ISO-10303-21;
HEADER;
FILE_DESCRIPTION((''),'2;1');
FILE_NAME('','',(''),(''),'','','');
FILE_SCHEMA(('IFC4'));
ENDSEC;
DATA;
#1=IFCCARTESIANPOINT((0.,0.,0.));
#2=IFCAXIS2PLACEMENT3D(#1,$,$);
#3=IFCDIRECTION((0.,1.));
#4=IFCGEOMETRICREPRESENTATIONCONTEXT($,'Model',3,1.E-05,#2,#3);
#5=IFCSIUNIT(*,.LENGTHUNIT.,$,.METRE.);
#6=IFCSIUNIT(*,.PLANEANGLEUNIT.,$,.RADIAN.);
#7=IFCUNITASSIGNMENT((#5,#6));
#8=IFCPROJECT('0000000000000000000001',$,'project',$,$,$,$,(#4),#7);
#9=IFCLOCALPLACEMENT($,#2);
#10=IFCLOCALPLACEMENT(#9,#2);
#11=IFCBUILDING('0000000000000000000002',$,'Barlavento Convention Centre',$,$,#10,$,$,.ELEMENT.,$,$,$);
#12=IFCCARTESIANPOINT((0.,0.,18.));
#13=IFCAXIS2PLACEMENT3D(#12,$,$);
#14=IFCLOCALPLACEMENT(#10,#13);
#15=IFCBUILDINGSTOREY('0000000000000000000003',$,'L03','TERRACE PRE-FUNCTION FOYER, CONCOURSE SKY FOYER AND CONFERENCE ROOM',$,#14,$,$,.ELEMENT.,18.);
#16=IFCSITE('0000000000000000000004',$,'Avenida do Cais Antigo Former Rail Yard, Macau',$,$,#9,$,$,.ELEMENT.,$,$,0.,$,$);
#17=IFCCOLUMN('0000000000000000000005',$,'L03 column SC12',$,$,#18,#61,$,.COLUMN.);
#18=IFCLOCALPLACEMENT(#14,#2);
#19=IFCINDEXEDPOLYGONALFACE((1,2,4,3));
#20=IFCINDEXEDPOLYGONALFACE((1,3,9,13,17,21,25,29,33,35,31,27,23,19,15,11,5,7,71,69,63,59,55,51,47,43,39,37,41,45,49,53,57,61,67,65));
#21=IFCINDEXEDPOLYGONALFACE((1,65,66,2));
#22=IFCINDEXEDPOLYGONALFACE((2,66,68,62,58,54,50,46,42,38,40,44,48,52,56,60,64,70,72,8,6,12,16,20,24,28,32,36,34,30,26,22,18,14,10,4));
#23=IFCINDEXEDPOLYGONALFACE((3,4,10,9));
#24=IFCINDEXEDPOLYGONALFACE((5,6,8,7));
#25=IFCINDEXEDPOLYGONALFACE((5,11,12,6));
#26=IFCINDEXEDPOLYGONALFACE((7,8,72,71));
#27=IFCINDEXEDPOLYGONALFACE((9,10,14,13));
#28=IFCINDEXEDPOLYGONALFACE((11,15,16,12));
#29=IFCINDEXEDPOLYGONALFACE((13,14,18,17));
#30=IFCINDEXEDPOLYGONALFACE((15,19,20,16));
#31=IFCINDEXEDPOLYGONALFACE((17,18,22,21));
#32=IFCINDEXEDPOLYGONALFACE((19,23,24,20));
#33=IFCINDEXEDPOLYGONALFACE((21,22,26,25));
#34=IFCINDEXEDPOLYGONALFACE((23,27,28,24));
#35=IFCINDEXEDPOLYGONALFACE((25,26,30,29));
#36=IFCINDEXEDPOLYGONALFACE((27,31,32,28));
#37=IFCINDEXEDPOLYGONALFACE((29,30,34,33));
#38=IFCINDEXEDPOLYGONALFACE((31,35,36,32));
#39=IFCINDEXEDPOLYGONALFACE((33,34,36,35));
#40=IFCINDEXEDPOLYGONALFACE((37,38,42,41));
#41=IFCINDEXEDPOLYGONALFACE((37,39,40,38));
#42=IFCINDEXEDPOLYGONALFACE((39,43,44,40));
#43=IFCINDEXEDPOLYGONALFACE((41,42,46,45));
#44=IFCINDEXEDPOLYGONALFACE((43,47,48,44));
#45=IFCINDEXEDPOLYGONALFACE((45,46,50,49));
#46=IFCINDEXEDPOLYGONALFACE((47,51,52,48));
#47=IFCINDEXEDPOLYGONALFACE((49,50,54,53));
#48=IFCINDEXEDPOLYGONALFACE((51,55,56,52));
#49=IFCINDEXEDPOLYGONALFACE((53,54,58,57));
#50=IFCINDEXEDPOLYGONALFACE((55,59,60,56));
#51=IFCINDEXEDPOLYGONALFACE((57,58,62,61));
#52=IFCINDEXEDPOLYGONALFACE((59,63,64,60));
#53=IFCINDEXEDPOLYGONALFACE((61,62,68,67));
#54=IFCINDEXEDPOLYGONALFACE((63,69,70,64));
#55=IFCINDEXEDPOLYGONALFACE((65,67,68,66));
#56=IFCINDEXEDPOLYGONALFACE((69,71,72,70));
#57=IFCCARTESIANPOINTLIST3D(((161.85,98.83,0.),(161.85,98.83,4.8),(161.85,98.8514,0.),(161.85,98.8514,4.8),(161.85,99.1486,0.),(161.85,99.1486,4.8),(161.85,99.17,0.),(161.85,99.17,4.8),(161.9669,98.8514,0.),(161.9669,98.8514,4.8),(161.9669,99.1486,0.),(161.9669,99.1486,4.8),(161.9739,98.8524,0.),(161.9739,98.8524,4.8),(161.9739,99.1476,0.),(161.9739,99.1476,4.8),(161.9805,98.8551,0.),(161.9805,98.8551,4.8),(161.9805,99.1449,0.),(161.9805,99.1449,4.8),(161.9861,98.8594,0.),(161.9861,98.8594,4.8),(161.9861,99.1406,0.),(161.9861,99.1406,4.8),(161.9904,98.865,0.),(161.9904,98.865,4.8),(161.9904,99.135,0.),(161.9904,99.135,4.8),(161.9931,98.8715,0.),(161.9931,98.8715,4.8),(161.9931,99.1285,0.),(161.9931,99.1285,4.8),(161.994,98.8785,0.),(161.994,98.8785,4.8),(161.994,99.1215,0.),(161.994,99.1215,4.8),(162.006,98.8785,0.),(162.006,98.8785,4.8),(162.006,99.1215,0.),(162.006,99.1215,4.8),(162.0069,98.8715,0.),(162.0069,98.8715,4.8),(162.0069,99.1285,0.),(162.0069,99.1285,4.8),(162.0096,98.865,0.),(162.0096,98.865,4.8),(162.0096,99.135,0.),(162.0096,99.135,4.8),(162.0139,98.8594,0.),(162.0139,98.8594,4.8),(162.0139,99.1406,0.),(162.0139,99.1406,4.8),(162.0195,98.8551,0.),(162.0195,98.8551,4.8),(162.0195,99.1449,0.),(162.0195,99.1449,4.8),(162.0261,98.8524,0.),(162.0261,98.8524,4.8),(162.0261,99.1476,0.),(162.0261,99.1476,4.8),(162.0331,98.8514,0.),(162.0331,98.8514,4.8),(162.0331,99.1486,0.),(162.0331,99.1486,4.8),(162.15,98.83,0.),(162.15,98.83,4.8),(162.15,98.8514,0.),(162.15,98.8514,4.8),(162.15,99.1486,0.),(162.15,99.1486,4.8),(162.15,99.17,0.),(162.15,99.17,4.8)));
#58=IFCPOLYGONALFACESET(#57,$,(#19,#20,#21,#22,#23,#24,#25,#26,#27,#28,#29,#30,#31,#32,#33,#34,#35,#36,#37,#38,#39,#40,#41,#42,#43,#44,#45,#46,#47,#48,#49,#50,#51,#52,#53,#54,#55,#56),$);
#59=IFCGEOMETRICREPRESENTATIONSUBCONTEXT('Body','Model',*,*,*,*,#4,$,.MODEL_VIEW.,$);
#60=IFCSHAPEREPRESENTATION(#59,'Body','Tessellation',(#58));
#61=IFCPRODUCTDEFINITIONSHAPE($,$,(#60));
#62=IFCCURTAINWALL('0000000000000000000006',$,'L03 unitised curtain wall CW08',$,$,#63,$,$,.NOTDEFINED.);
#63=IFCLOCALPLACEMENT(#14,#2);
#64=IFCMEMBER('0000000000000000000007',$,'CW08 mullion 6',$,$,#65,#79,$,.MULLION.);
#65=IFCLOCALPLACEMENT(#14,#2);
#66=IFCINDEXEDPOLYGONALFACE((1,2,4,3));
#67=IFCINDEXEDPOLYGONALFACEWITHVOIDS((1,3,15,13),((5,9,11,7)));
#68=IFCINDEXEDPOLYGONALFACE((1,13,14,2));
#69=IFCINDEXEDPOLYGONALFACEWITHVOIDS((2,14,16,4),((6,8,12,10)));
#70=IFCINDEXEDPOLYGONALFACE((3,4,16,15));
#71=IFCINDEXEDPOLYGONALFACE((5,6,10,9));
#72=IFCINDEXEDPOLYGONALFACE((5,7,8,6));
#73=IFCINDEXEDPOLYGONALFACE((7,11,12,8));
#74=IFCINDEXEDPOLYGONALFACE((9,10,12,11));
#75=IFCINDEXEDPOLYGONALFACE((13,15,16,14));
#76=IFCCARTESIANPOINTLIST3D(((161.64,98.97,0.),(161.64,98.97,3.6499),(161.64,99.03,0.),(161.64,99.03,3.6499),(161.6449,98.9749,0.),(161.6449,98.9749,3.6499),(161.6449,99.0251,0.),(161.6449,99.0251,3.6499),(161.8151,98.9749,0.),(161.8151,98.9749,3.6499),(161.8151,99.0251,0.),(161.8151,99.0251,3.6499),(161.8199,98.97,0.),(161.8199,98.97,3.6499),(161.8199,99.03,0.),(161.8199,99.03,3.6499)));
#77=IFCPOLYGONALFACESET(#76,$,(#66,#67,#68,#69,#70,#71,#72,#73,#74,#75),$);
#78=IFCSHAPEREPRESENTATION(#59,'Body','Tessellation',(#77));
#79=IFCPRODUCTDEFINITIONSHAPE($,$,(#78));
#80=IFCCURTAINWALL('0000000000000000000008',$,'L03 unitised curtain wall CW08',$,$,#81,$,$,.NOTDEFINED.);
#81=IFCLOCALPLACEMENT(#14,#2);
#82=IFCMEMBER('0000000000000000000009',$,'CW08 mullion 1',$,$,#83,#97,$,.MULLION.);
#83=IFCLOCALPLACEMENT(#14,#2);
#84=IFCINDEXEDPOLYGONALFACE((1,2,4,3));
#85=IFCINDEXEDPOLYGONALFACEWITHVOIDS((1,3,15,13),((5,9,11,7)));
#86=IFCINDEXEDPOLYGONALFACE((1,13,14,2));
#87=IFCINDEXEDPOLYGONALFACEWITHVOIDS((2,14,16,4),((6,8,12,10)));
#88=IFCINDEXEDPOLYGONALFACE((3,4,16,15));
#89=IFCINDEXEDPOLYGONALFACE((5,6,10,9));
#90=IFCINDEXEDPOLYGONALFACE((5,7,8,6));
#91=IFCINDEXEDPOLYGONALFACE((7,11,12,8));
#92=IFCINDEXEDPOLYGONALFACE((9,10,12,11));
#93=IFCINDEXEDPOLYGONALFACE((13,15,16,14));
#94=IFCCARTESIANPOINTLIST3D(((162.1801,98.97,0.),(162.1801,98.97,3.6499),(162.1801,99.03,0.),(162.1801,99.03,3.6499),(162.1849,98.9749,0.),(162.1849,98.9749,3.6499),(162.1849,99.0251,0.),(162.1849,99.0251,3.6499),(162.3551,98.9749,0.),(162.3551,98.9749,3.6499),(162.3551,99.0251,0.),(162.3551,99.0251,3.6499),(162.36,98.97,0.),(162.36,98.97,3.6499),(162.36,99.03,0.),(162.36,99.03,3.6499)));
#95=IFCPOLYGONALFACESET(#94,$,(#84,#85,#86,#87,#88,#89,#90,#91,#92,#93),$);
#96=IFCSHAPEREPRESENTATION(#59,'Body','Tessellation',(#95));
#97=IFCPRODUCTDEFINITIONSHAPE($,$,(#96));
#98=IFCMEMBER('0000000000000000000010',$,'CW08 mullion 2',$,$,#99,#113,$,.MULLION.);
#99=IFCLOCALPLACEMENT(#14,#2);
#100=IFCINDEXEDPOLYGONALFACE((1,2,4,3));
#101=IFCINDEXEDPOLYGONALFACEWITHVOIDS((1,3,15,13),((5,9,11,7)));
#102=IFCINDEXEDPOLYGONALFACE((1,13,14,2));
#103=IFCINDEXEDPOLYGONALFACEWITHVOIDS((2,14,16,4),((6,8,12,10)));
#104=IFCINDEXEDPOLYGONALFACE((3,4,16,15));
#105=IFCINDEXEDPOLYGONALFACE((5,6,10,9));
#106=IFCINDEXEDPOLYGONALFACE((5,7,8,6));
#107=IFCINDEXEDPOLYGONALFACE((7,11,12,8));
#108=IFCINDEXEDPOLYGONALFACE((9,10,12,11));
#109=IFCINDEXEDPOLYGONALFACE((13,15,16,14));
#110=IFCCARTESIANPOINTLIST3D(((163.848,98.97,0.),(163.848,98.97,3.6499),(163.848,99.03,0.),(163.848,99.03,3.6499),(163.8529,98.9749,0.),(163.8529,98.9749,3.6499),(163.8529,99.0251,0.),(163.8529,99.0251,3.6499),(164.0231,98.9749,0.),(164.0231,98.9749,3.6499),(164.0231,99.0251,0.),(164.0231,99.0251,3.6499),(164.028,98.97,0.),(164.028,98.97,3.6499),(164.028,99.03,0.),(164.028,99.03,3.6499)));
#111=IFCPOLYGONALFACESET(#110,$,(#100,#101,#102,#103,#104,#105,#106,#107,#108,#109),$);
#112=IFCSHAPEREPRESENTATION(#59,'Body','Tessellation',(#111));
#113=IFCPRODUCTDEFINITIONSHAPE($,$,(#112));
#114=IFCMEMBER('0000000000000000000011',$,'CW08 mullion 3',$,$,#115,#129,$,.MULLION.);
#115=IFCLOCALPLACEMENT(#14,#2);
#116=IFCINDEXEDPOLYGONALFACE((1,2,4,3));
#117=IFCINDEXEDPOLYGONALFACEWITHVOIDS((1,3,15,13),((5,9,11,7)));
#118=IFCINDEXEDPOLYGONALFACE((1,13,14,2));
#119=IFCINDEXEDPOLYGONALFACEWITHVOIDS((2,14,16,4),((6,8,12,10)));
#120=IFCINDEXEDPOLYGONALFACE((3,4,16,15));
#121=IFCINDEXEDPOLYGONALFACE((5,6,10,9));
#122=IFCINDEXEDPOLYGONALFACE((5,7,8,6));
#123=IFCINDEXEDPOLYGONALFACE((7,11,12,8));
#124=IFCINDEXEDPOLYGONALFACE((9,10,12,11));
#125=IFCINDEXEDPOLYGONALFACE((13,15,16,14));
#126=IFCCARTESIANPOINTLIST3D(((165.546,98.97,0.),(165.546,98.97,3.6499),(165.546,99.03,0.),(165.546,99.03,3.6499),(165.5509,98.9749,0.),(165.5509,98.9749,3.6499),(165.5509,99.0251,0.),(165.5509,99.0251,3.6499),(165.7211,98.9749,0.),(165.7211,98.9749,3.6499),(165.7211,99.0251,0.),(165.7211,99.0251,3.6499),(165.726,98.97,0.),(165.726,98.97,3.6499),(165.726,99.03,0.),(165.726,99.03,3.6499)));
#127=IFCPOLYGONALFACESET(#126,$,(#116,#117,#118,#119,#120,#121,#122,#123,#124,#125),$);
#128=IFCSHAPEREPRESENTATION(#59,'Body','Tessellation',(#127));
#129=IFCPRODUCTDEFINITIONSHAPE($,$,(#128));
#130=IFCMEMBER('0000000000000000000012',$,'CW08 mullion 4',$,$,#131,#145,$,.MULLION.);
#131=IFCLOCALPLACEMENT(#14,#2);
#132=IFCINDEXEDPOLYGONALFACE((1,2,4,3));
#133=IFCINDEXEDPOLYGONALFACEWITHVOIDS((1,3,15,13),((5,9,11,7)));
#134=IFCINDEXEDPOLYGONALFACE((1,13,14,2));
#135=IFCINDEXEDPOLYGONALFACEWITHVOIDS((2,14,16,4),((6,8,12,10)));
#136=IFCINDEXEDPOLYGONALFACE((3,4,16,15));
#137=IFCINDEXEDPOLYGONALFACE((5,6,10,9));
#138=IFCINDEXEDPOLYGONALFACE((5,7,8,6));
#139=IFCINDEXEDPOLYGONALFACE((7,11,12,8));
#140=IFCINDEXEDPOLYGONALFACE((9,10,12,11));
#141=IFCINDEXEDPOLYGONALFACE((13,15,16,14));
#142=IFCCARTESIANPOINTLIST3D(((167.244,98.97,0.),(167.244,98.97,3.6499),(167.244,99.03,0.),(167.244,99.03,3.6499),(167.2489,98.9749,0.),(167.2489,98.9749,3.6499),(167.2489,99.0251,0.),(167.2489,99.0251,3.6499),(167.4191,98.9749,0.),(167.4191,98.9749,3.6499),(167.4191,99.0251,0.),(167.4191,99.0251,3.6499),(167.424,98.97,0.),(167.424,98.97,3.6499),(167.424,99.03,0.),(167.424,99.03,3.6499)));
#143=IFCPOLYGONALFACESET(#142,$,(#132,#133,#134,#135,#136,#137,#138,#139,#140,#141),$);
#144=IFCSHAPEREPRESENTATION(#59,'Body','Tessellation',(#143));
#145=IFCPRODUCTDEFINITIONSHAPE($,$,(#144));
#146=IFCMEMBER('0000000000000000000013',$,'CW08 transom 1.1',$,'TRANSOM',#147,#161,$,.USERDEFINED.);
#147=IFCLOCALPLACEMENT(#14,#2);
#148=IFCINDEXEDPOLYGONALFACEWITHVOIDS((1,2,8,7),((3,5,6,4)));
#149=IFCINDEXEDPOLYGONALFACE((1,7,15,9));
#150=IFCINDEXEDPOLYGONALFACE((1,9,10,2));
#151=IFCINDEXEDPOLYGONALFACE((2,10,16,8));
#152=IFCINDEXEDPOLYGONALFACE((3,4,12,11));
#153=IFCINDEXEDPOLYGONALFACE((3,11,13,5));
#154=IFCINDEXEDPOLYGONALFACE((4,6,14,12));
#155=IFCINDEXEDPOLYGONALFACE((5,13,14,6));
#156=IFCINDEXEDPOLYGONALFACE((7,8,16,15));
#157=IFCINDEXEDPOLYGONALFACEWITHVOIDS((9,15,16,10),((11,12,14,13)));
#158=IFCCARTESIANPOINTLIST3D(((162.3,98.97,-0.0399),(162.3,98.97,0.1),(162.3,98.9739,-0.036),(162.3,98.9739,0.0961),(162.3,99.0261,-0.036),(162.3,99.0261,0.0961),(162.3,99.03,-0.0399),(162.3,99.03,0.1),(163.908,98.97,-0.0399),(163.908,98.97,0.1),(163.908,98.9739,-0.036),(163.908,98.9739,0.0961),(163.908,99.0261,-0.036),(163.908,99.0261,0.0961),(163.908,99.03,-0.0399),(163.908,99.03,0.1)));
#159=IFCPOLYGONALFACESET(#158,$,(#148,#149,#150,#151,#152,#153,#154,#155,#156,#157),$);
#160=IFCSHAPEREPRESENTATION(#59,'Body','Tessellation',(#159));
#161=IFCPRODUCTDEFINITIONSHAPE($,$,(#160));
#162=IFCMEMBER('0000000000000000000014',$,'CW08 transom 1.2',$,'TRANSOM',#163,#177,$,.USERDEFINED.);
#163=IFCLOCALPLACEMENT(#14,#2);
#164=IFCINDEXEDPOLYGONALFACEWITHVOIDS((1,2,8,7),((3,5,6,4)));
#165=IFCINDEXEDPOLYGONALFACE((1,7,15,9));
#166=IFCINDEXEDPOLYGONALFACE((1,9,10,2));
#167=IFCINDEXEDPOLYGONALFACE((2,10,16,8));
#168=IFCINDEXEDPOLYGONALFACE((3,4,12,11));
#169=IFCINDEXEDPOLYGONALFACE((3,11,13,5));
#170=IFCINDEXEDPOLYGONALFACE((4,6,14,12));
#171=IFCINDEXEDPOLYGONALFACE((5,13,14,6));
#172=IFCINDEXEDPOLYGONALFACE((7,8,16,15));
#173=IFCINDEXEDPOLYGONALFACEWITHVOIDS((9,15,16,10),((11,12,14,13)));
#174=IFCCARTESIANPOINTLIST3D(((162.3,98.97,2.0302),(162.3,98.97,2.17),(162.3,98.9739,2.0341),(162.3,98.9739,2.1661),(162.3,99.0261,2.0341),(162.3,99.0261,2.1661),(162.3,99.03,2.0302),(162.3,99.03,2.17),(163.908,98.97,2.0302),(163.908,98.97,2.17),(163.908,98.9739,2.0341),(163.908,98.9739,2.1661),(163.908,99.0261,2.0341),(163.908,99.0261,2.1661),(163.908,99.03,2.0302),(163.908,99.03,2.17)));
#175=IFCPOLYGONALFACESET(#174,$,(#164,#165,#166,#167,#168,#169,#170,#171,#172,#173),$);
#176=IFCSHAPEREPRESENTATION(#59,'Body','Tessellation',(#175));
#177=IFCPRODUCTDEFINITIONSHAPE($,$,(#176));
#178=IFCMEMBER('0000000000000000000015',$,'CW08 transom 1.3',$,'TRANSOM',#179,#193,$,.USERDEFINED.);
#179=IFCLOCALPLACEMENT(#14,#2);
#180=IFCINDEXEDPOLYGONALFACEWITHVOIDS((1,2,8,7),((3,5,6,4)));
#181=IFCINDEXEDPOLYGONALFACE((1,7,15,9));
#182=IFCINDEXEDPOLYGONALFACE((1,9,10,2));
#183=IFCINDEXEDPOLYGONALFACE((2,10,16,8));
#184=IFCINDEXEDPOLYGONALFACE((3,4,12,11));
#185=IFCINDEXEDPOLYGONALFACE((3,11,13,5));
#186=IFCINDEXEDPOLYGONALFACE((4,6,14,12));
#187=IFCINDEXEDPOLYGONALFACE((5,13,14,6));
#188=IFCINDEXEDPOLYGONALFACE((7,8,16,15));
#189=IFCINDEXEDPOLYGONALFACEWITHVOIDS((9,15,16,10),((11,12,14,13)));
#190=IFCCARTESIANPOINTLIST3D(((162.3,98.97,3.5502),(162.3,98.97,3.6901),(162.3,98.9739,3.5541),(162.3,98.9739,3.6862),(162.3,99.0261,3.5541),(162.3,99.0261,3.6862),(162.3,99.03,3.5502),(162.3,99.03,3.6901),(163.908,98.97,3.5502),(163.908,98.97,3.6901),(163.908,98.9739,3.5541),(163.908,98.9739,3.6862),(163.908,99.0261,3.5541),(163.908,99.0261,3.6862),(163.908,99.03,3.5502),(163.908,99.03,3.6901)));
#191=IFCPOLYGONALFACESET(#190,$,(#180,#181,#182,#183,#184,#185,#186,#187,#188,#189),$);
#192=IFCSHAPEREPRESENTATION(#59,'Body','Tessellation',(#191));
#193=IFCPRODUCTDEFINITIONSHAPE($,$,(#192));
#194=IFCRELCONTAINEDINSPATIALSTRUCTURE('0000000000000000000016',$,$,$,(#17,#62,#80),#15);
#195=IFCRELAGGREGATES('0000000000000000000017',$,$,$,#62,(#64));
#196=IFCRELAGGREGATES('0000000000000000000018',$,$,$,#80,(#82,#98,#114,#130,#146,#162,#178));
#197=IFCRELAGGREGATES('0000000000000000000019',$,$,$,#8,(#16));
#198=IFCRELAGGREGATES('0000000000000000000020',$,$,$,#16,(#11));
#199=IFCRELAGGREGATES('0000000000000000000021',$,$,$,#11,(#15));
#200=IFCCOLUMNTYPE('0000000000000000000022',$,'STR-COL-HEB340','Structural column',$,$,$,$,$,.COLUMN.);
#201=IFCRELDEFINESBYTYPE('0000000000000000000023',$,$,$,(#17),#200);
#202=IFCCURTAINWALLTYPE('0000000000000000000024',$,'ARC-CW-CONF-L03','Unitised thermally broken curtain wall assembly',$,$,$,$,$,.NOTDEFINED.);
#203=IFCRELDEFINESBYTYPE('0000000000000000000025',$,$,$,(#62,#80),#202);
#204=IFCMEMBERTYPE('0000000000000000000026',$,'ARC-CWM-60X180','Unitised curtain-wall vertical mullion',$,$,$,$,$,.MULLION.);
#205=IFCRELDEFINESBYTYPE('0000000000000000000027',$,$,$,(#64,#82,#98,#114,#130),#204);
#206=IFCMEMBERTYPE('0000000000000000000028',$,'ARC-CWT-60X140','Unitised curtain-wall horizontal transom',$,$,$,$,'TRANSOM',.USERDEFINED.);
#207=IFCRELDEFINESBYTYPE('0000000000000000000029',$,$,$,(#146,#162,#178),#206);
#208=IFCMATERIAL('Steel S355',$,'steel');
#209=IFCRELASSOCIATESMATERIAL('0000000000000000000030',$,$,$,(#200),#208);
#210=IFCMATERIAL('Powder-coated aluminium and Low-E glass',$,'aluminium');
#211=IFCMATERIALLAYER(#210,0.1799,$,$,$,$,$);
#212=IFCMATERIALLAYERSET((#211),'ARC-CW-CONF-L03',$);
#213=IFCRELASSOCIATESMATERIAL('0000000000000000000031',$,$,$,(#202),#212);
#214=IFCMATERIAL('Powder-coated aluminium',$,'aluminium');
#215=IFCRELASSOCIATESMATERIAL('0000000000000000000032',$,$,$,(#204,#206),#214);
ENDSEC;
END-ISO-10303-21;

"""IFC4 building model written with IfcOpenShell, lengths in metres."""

from ifc_helpers import new_model, si_unit, direction, frame, origin, origin_2d, place, context, subcontext, project, spatial, hollow_rectangle, i_section, extrude, material, layer, layer_set, material_profile, profile_set, type_object, element, aggregate, save


model = new_model("IFC4")

# Units and contexts
model_context = context("Model", 3, precision=1e-05, world=origin(), true_north=direction((0.0, 1.0)))
body_context = subcontext(model_context, "Body", "Model", "MODEL_VIEW")
ifc_project = project(units=[si_unit("LENGTHUNIT", "METRE"), si_unit("PLANEANGLEUNIT", "RADIAN")], contexts=[model_context])

# Site, building, storey
site_placement = place(None, origin())
site = spatial("IfcSite", under=ifc_project, at=site_placement, Name="Avenida do Cais Antigo Former Rail Yard, Macau", CompositionType="ELEMENT", RefElevation=0.0)
building_placement = place(site_placement, origin())
building = spatial("IfcBuilding", under=site, at=building_placement, Name="Barlavento Convention Centre", CompositionType="ELEMENT")
storey_placement = place(building_placement, frame((0.0, 0.0, 18.0)))
storey = spatial("IfcBuildingStorey", under=building, at=storey_placement, Name="L03", Description="TERRACE PRE-FUNCTION FOYER, CONCOURSE SKY FOYER AND CONFERENCE ROOM", CompositionType="ELEMENT", Elevation=18.0)

# Column
ifc_material_1 = material(Name="Steel S355", Category="steel")
ifc_material_profile_1 = material_profile(ifc_material_1, i_section(OverallWidth=0.3, OverallDepth=0.3401, WebThickness=0.012, FlangeThickness=0.0215, FilletRadius=0.0271, at=origin_2d()), Name="HEB 340")
ifc_profile_set_1 = profile_set([ifc_material_profile_1], Name="Steel S355")
column_type = type_object("IfcColumnType", Name="STR-COL-HEB340", Description="Structural column", PredefinedType="COLUMN", material=ifc_profile_set_1)
column_placement = place(storey_placement, frame((162.0, 99.0, 0.0), z_axis=(0.0, 0.0, 1.0), x_axis=(1.0, 0.0, 0.0)))
element("IfcColumn", 1, at=column_placement, inside=storey, type_object=column_type, Name="L03 column SC12", PredefinedType="COLUMN", context=body_context, shape_type="SweptSolid", body=[
    extrude(i_section(OverallWidth=0.3, OverallDepth=0.3401, WebThickness=0.012, FlangeThickness=0.0215, FilletRadius=0.0271, at=origin_2d()), origin(), (0.0, 0.0, 1.0), 4.8),
])

# Curtain wall, member
ifc_material_2 = material(Name="Powder-coated aluminium and Low-E glass", Category="aluminium")
ifc_layer_1 = layer(ifc_material_2, 0.1799)
ifc_layer_set_1 = layer_set([ifc_layer_1], Name="ARC-CW-CONF-L03")
curtain_wall_type = type_object("IfcCurtainWallType", Name="ARC-CW-CONF-L03", Description="Unitised thermally broken curtain wall assembly", PredefinedType="NOTDEFINED", material=ifc_layer_set_1)
curtain_wall_1_placement = place(storey_placement, origin())
curtain_wall_1 = element("IfcCurtainWall", 2, at=curtain_wall_1_placement, inside=storey, type_object=curtain_wall_type, Name="L03 unitised curtain wall CW08", PredefinedType="NOTDEFINED")
ifc_material_3 = material(Name="Powder-coated aluminium", Category="aluminium")
ifc_material_profile_2 = material_profile(ifc_material_3, hollow_rectangle(XDim=0.0601, YDim=0.1799, WallThickness=0.0049, at=origin_2d()), Name="AL-MULL 60x180x5")
ifc_profile_set_2 = profile_set([ifc_material_profile_2], Name="Powder-coated aluminium")
member_type_1 = type_object("IfcMemberType", Name="ARC-CWM-60X180", Description="Unitised curtain-wall vertical mullion", PredefinedType="MULLION", material=ifc_profile_set_2)
member_1_placement = place(storey_placement, frame((161.73, 99.0, 0.0), z_axis=(0.0, 0.0, 1.0), x_axis=(0.0, 1.0, 0.0)))
member_1 = element("IfcMember", 3, at=member_1_placement, type_object=member_type_1, Name="CW08 mullion 6", PredefinedType="MULLION", context=body_context, shape_type="SweptSolid", body=[
    extrude(hollow_rectangle(XDim=0.0601, YDim=0.1799, WallThickness=0.0049, at=origin_2d()), origin(), (0.0, 0.0, 1.0), 3.6499),
])

# Curtain wall, members
curtain_wall_2_placement = place(storey_placement, origin())
curtain_wall_2 = element("IfcCurtainWall", 4, at=curtain_wall_2_placement, inside=storey, type_object=curtain_wall_type, Name="L03 unitised curtain wall CW08", PredefinedType="NOTDEFINED")
member_2_placement = place(storey_placement, frame((162.27, 99.0, 0.0), z_axis=(0.0, 0.0, 1.0), x_axis=(0.0, 1.0, 0.0)))
member_2 = element("IfcMember", 5, at=member_2_placement, type_object=member_type_1, Name="CW08 mullion 1", PredefinedType="MULLION", context=body_context, shape_type="SweptSolid", body=[
    extrude(hollow_rectangle(XDim=0.0601, YDim=0.1799, WallThickness=0.0049, at=origin_2d()), origin(), (0.0, 0.0, 1.0), 3.6499),
])
member_3_placement = place(storey_placement, frame((163.938, 99.0, 0.0), z_axis=(0.0, 0.0, 1.0), x_axis=(0.0, 1.0, 0.0)))
member_3 = element("IfcMember", 6, at=member_3_placement, type_object=member_type_1, Name="CW08 mullion 2", PredefinedType="MULLION", context=body_context, shape_type="SweptSolid", body=[
    extrude(hollow_rectangle(XDim=0.0601, YDim=0.1799, WallThickness=0.0049, at=origin_2d()), origin(), (0.0, 0.0, 1.0), 3.6499),
])
member_4_placement = place(storey_placement, frame((165.636, 99.0, 0.0), z_axis=(0.0, 0.0, 1.0), x_axis=(0.0, 1.0, 0.0)))
member_4 = element("IfcMember", 7, at=member_4_placement, type_object=member_type_1, Name="CW08 mullion 3", PredefinedType="MULLION", context=body_context, shape_type="SweptSolid", body=[
    extrude(hollow_rectangle(XDim=0.0601, YDim=0.1799, WallThickness=0.0049, at=origin_2d()), origin(), (0.0, 0.0, 1.0), 3.6499),
])
member_5_placement = place(storey_placement, frame((167.334, 99.0, 0.0), z_axis=(0.0, 0.0, 1.0), x_axis=(0.0, 1.0, 0.0)))
member_5 = element("IfcMember", 8, at=member_5_placement, type_object=member_type_1, Name="CW08 mullion 4", PredefinedType="MULLION", context=body_context, shape_type="SweptSolid", body=[
    extrude(hollow_rectangle(XDim=0.0601, YDim=0.1799, WallThickness=0.0049, at=origin_2d()), origin(), (0.0, 0.0, 1.0), 3.6499),
])
ifc_material_profile_3 = material_profile(ifc_material_3, hollow_rectangle(XDim=0.0601, YDim=0.1399, WallThickness=0.0039, at=origin_2d()), Name="AL-TRAN 60x140x4")
ifc_profile_set_3 = profile_set([ifc_material_profile_3], Name="Powder-coated aluminium")
member_type_2 = type_object("IfcMemberType", Name="ARC-CWT-60X140", Description="Unitised curtain-wall horizontal transom", ElementType="TRANSOM", PredefinedType="USERDEFINED", material=ifc_profile_set_3)
member_6_placement = place(storey_placement, frame((162.3, 99.0, 0.03), z_axis=(1.0, 0.0, 0.0), x_axis=(0.0, 1.0, 0.0)))
member_6 = element("IfcMember", 9, at=member_6_placement, type_object=member_type_2, Name="CW08 transom 1.1", ObjectType="TRANSOM", PredefinedType="USERDEFINED", context=body_context, shape_type="SweptSolid", body=[
    extrude(hollow_rectangle(XDim=0.0601, YDim=0.1399, WallThickness=0.0039, at=origin_2d()), origin(), (0.0, 0.0, 1.0), 1.6079),
])
member_7_placement = place(storey_placement, frame((162.3, 99.0, 2.1001), z_axis=(1.0, 0.0, 0.0), x_axis=(0.0, 1.0, 0.0)))
member_7 = element("IfcMember", 10, at=member_7_placement, type_object=member_type_2, Name="CW08 transom 1.2", ObjectType="TRANSOM", PredefinedType="USERDEFINED", context=body_context, shape_type="SweptSolid", body=[
    extrude(hollow_rectangle(XDim=0.0601, YDim=0.1399, WallThickness=0.0039, at=origin_2d()), origin(), (0.0, 0.0, 1.0), 1.6079),
])
member_8_placement = place(storey_placement, frame((162.3, 99.0, 3.6201), z_axis=(1.0, 0.0, 0.0), x_axis=(0.0, 1.0, 0.0)))
member_8 = element("IfcMember", 11, at=member_8_placement, type_object=member_type_2, Name="CW08 transom 1.3", ObjectType="TRANSOM", PredefinedType="USERDEFINED", context=body_context, shape_type="SweptSolid", body=[
    extrude(hollow_rectangle(XDim=0.0601, YDim=0.1399, WallThickness=0.0039, at=origin_2d()), origin(), (0.0, 0.0, 1.0), 1.6079),
])

aggregate(curtain_wall_1, [member_1])
aggregate(curtain_wall_2, [member_2, member_3, member_4, member_5, member_6, member_7, member_8])

save(model, "model.ifc")
